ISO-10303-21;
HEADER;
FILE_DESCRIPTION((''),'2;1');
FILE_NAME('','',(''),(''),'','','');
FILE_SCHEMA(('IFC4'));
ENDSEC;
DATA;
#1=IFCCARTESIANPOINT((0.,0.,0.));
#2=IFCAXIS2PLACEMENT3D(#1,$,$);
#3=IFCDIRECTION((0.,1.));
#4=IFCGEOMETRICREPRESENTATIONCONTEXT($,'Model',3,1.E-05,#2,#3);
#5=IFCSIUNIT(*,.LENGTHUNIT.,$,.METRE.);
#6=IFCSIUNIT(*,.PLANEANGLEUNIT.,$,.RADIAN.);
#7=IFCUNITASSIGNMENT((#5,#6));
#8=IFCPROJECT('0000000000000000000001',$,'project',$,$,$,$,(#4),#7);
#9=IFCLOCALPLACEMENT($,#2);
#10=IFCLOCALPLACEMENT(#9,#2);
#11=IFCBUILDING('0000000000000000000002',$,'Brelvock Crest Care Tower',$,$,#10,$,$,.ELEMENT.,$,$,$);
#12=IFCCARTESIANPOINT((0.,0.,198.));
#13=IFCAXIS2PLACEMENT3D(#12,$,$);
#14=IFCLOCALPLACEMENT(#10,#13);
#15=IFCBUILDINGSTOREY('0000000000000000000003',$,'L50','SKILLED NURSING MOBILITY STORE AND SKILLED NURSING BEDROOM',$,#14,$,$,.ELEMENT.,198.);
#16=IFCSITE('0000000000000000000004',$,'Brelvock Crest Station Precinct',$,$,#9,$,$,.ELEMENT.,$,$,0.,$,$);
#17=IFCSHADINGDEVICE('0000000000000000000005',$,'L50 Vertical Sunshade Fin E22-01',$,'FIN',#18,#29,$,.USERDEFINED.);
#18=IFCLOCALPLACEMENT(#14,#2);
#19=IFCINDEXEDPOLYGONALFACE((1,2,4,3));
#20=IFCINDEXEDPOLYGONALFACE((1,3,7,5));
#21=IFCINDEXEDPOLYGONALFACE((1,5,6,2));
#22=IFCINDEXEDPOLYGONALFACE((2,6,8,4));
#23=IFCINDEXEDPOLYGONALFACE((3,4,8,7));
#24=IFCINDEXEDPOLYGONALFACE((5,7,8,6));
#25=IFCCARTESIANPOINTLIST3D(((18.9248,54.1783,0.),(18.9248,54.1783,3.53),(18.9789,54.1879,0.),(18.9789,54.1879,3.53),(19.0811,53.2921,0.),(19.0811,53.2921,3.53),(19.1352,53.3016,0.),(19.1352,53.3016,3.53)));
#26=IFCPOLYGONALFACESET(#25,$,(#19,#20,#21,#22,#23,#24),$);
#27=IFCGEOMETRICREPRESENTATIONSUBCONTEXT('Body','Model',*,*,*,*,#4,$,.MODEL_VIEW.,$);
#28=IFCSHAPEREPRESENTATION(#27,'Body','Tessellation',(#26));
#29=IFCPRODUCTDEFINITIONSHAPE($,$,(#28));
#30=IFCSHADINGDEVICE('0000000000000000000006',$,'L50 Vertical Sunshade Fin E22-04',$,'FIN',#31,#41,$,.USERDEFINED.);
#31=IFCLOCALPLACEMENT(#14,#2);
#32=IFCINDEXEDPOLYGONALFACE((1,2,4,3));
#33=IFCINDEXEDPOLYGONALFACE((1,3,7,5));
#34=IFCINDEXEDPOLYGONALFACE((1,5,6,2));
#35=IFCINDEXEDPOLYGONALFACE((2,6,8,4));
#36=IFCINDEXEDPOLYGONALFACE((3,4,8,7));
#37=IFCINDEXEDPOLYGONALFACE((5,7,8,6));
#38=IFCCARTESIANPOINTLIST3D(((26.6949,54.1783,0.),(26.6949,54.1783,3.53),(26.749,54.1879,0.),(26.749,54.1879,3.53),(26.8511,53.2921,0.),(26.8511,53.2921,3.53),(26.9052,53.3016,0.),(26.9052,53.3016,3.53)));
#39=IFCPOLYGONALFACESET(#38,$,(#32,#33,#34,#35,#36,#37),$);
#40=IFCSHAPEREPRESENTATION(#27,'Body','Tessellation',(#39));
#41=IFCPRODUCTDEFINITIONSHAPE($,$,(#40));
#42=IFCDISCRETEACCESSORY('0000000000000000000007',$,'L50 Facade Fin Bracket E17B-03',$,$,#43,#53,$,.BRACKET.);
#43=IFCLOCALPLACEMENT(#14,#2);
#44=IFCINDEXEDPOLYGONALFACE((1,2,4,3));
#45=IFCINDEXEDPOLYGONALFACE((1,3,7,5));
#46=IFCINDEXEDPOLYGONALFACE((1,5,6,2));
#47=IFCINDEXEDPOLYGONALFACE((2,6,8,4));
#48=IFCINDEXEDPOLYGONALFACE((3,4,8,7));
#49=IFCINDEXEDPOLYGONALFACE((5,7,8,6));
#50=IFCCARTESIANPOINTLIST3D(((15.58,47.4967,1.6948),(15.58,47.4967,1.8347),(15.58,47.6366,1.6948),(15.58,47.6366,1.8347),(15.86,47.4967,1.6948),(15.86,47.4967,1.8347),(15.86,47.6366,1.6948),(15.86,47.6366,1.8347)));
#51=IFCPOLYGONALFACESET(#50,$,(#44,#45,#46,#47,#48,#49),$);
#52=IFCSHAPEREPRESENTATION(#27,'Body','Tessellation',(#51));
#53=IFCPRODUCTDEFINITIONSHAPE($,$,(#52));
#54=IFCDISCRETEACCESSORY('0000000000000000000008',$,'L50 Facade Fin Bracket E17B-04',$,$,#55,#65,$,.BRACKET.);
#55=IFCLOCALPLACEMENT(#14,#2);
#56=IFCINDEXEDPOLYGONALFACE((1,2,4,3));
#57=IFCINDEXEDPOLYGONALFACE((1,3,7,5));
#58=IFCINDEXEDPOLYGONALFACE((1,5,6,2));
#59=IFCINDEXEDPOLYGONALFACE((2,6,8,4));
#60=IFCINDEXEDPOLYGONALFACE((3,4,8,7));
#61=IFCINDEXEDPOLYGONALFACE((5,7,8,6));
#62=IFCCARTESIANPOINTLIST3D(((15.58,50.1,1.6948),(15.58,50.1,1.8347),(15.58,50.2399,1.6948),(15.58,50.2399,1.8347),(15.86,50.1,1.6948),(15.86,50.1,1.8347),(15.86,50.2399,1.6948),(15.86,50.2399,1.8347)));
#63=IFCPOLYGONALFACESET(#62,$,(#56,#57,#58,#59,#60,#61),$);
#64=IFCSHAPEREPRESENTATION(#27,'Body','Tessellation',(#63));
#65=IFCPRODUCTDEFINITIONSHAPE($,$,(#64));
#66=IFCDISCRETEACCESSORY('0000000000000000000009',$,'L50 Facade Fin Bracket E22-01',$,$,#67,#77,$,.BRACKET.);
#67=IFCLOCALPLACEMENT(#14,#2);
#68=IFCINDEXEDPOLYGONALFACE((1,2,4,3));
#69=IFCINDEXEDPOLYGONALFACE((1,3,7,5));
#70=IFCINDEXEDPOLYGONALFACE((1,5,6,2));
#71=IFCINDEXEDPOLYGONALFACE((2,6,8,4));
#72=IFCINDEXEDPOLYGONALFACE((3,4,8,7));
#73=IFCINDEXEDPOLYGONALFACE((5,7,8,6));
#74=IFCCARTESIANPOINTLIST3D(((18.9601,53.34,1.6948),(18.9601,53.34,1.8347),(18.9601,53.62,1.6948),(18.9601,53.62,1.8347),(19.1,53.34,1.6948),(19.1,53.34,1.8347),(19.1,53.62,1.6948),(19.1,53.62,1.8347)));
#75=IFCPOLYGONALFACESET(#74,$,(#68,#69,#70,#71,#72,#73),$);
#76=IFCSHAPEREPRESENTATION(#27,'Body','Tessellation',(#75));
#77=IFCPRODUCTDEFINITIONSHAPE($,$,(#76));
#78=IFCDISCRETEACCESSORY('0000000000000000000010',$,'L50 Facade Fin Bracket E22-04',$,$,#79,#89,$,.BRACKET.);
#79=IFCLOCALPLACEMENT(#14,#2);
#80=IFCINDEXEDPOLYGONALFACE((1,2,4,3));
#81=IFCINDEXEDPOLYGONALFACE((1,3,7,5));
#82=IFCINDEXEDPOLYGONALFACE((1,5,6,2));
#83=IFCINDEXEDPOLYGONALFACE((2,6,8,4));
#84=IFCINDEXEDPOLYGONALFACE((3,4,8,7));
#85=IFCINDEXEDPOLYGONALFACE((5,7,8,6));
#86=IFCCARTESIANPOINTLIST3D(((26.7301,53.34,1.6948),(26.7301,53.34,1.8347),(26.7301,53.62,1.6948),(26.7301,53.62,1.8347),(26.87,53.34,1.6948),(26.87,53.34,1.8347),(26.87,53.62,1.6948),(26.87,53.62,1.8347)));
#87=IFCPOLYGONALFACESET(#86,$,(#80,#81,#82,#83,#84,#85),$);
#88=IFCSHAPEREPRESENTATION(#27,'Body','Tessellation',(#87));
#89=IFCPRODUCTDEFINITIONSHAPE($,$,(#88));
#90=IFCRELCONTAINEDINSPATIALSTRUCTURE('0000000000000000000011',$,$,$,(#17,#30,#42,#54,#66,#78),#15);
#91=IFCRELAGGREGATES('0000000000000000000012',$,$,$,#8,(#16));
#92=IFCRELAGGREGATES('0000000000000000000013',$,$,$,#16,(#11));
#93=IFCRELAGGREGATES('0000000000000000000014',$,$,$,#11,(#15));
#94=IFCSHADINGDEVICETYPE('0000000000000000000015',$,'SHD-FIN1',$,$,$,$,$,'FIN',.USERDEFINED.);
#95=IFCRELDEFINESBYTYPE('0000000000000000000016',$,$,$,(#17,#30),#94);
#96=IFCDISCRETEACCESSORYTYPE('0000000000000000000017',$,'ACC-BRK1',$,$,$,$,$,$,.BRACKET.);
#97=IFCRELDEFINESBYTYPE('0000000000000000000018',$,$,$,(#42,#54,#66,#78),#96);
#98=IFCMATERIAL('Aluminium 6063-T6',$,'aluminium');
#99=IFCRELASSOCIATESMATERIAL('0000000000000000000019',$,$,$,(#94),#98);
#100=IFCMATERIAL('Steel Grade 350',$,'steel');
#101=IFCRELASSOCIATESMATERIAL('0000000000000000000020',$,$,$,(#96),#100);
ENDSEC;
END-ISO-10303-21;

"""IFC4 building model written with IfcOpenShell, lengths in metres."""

from ifc_helpers import new_model, si_unit, direction, frame, origin, origin_2d, place, context, subcontext, project, spatial, rectangle, extrude, source, transform, mapped, material, material_profile, profile_set, type_object, element, save


model = new_model("IFC4")

# Units and contexts
model_context = context("Model", 3, precision=1e-05, world=origin(), true_north=direction((0.0, 1.0)))
body_context = subcontext(model_context, "Body", "Model", "MODEL_VIEW")
ifc_project = project(units=[si_unit("LENGTHUNIT", "METRE"), si_unit("PLANEANGLEUNIT", "RADIAN")], contexts=[model_context])

# Site, building, storey
site_placement = place(None, origin())
site = spatial("IfcSite", under=ifc_project, at=site_placement, Name="Brelvock Crest Station Precinct", CompositionType="ELEMENT", RefElevation=0.0)
building_placement = place(site_placement, origin())
building = spatial("IfcBuilding", under=site, at=building_placement, Name="Brelvock Crest Care Tower", CompositionType="ELEMENT")
storey_placement = place(building_placement, frame((0.0, 0.0, 198.0)))
storey = spatial("IfcBuildingStorey", under=building, at=storey_placement, Name="L50", Description="SKILLED NURSING MOBILITY STORE AND SKILLED NURSING BEDROOM", CompositionType="ELEMENT", Elevation=198.0)

# Shared definitions
ifc_material_1 = material(Name="Aluminium 6063-T6", Category="aluminium")

# Shading devices
ifc_material_profile_1 = material_profile(ifc_material_1, rectangle(XDim=0.0549, YDim=0.8999, at=origin_2d()), Name="FIN55x900")
ifc_profile_set_1 = profile_set([ifc_material_profile_1], Name="Aluminium 6063-T6")
shading_device_type = type_object("IfcShadingDeviceType", Name="SHD-FIN1", ElementType="FIN", PredefinedType="USERDEFINED", material=ifc_profile_set_1)
shared_shape_1 = source(origin(), body_context, "Body", "SweptSolid", [
    extrude(rectangle(XDim=0.0549, YDim=0.8999, at=origin_2d()), origin(), (0.0, 0.0, 1.0), 3.53),
])
for number, where, z_axis, x_axis, name in (
    (1, (19.03, 53.74, 0.0), (0.0, 0.0, 1.0), (0.984808, 0.173648, 0.0), "L50 Vertical Sunshade Fin E22-01"),
    (2, (26.8, 53.74, 0.0), (0.0, 0.0, 1.0), (0.984808, 0.173648, 0.0), "L50 Vertical Sunshade Fin E22-04"),
):
    element("IfcShadingDevice", number, at=place(storey_placement, frame(where, z_axis=z_axis, x_axis=x_axis)), inside=storey, type_object=shading_device_type, Name=name, ObjectType="FIN", PredefinedType="USERDEFINED", context=body_context, shape_type="MappedRepresentation", body=[
        mapped(shared_shape_1, transform((0.0, 0.0, 0.0), x_axis=(1.0, 0.0, 0.0), y_axis=(0.0, 1.0, 0.0), z_axis=(0.0, 0.0, 1.0), scale=1.0)),
    ])

# Discrete accessories
ifc_material_2 = material(Name="Steel Grade 350", Category="steel")
discrete_accessory_type = type_object("IfcDiscreteAccessoryType", Name="ACC-BRK1", PredefinedType="BRACKET", material=ifc_material_2)
shared_shape_2 = source(origin(), body_context, "Body", "SweptSolid", [
    extrude(rectangle(XDim=0.28, YDim=0.1399, at=origin_2d()), origin(), (0.0, 0.0, 1.0), 0.1399),
])
for number, where, z_axis, x_axis, name in (
    (3, (15.72, 47.5667, 1.6948), (0.0, 0.0, 1.0), (-1.0, 0.0, 0.0), "L50 Facade Fin Bracket E17B-03"),
    (4, (15.72, 50.1699, 1.6948), (0.0, 0.0, 1.0), (-1.0, 0.0, 0.0), "L50 Facade Fin Bracket E17B-04"),
    (5, (19.03, 53.48, 1.6948), (0.0, 0.0, 1.0), (0.0, 1.0, 0.0), "L50 Facade Fin Bracket E22-01"),
    (6, (26.8, 53.48, 1.6948), (0.0, 0.0, 1.0), (0.0, 1.0, 0.0), "L50 Facade Fin Bracket E22-04"),
):
    element("IfcDiscreteAccessory", number, at=place(storey_placement, frame(where, z_axis=z_axis, x_axis=x_axis)), inside=storey, type_object=discrete_accessory_type, Name=name, PredefinedType="BRACKET", context=body_context, shape_type="MappedRepresentation", body=[
        mapped(shared_shape_2, transform((0.0, 0.0, 0.0), x_axis=(1.0, 0.0, 0.0), y_axis=(0.0, 1.0, 0.0), z_axis=(0.0, 0.0, 1.0), scale=1.0)),
    ])

save(model, "model.ifc")
